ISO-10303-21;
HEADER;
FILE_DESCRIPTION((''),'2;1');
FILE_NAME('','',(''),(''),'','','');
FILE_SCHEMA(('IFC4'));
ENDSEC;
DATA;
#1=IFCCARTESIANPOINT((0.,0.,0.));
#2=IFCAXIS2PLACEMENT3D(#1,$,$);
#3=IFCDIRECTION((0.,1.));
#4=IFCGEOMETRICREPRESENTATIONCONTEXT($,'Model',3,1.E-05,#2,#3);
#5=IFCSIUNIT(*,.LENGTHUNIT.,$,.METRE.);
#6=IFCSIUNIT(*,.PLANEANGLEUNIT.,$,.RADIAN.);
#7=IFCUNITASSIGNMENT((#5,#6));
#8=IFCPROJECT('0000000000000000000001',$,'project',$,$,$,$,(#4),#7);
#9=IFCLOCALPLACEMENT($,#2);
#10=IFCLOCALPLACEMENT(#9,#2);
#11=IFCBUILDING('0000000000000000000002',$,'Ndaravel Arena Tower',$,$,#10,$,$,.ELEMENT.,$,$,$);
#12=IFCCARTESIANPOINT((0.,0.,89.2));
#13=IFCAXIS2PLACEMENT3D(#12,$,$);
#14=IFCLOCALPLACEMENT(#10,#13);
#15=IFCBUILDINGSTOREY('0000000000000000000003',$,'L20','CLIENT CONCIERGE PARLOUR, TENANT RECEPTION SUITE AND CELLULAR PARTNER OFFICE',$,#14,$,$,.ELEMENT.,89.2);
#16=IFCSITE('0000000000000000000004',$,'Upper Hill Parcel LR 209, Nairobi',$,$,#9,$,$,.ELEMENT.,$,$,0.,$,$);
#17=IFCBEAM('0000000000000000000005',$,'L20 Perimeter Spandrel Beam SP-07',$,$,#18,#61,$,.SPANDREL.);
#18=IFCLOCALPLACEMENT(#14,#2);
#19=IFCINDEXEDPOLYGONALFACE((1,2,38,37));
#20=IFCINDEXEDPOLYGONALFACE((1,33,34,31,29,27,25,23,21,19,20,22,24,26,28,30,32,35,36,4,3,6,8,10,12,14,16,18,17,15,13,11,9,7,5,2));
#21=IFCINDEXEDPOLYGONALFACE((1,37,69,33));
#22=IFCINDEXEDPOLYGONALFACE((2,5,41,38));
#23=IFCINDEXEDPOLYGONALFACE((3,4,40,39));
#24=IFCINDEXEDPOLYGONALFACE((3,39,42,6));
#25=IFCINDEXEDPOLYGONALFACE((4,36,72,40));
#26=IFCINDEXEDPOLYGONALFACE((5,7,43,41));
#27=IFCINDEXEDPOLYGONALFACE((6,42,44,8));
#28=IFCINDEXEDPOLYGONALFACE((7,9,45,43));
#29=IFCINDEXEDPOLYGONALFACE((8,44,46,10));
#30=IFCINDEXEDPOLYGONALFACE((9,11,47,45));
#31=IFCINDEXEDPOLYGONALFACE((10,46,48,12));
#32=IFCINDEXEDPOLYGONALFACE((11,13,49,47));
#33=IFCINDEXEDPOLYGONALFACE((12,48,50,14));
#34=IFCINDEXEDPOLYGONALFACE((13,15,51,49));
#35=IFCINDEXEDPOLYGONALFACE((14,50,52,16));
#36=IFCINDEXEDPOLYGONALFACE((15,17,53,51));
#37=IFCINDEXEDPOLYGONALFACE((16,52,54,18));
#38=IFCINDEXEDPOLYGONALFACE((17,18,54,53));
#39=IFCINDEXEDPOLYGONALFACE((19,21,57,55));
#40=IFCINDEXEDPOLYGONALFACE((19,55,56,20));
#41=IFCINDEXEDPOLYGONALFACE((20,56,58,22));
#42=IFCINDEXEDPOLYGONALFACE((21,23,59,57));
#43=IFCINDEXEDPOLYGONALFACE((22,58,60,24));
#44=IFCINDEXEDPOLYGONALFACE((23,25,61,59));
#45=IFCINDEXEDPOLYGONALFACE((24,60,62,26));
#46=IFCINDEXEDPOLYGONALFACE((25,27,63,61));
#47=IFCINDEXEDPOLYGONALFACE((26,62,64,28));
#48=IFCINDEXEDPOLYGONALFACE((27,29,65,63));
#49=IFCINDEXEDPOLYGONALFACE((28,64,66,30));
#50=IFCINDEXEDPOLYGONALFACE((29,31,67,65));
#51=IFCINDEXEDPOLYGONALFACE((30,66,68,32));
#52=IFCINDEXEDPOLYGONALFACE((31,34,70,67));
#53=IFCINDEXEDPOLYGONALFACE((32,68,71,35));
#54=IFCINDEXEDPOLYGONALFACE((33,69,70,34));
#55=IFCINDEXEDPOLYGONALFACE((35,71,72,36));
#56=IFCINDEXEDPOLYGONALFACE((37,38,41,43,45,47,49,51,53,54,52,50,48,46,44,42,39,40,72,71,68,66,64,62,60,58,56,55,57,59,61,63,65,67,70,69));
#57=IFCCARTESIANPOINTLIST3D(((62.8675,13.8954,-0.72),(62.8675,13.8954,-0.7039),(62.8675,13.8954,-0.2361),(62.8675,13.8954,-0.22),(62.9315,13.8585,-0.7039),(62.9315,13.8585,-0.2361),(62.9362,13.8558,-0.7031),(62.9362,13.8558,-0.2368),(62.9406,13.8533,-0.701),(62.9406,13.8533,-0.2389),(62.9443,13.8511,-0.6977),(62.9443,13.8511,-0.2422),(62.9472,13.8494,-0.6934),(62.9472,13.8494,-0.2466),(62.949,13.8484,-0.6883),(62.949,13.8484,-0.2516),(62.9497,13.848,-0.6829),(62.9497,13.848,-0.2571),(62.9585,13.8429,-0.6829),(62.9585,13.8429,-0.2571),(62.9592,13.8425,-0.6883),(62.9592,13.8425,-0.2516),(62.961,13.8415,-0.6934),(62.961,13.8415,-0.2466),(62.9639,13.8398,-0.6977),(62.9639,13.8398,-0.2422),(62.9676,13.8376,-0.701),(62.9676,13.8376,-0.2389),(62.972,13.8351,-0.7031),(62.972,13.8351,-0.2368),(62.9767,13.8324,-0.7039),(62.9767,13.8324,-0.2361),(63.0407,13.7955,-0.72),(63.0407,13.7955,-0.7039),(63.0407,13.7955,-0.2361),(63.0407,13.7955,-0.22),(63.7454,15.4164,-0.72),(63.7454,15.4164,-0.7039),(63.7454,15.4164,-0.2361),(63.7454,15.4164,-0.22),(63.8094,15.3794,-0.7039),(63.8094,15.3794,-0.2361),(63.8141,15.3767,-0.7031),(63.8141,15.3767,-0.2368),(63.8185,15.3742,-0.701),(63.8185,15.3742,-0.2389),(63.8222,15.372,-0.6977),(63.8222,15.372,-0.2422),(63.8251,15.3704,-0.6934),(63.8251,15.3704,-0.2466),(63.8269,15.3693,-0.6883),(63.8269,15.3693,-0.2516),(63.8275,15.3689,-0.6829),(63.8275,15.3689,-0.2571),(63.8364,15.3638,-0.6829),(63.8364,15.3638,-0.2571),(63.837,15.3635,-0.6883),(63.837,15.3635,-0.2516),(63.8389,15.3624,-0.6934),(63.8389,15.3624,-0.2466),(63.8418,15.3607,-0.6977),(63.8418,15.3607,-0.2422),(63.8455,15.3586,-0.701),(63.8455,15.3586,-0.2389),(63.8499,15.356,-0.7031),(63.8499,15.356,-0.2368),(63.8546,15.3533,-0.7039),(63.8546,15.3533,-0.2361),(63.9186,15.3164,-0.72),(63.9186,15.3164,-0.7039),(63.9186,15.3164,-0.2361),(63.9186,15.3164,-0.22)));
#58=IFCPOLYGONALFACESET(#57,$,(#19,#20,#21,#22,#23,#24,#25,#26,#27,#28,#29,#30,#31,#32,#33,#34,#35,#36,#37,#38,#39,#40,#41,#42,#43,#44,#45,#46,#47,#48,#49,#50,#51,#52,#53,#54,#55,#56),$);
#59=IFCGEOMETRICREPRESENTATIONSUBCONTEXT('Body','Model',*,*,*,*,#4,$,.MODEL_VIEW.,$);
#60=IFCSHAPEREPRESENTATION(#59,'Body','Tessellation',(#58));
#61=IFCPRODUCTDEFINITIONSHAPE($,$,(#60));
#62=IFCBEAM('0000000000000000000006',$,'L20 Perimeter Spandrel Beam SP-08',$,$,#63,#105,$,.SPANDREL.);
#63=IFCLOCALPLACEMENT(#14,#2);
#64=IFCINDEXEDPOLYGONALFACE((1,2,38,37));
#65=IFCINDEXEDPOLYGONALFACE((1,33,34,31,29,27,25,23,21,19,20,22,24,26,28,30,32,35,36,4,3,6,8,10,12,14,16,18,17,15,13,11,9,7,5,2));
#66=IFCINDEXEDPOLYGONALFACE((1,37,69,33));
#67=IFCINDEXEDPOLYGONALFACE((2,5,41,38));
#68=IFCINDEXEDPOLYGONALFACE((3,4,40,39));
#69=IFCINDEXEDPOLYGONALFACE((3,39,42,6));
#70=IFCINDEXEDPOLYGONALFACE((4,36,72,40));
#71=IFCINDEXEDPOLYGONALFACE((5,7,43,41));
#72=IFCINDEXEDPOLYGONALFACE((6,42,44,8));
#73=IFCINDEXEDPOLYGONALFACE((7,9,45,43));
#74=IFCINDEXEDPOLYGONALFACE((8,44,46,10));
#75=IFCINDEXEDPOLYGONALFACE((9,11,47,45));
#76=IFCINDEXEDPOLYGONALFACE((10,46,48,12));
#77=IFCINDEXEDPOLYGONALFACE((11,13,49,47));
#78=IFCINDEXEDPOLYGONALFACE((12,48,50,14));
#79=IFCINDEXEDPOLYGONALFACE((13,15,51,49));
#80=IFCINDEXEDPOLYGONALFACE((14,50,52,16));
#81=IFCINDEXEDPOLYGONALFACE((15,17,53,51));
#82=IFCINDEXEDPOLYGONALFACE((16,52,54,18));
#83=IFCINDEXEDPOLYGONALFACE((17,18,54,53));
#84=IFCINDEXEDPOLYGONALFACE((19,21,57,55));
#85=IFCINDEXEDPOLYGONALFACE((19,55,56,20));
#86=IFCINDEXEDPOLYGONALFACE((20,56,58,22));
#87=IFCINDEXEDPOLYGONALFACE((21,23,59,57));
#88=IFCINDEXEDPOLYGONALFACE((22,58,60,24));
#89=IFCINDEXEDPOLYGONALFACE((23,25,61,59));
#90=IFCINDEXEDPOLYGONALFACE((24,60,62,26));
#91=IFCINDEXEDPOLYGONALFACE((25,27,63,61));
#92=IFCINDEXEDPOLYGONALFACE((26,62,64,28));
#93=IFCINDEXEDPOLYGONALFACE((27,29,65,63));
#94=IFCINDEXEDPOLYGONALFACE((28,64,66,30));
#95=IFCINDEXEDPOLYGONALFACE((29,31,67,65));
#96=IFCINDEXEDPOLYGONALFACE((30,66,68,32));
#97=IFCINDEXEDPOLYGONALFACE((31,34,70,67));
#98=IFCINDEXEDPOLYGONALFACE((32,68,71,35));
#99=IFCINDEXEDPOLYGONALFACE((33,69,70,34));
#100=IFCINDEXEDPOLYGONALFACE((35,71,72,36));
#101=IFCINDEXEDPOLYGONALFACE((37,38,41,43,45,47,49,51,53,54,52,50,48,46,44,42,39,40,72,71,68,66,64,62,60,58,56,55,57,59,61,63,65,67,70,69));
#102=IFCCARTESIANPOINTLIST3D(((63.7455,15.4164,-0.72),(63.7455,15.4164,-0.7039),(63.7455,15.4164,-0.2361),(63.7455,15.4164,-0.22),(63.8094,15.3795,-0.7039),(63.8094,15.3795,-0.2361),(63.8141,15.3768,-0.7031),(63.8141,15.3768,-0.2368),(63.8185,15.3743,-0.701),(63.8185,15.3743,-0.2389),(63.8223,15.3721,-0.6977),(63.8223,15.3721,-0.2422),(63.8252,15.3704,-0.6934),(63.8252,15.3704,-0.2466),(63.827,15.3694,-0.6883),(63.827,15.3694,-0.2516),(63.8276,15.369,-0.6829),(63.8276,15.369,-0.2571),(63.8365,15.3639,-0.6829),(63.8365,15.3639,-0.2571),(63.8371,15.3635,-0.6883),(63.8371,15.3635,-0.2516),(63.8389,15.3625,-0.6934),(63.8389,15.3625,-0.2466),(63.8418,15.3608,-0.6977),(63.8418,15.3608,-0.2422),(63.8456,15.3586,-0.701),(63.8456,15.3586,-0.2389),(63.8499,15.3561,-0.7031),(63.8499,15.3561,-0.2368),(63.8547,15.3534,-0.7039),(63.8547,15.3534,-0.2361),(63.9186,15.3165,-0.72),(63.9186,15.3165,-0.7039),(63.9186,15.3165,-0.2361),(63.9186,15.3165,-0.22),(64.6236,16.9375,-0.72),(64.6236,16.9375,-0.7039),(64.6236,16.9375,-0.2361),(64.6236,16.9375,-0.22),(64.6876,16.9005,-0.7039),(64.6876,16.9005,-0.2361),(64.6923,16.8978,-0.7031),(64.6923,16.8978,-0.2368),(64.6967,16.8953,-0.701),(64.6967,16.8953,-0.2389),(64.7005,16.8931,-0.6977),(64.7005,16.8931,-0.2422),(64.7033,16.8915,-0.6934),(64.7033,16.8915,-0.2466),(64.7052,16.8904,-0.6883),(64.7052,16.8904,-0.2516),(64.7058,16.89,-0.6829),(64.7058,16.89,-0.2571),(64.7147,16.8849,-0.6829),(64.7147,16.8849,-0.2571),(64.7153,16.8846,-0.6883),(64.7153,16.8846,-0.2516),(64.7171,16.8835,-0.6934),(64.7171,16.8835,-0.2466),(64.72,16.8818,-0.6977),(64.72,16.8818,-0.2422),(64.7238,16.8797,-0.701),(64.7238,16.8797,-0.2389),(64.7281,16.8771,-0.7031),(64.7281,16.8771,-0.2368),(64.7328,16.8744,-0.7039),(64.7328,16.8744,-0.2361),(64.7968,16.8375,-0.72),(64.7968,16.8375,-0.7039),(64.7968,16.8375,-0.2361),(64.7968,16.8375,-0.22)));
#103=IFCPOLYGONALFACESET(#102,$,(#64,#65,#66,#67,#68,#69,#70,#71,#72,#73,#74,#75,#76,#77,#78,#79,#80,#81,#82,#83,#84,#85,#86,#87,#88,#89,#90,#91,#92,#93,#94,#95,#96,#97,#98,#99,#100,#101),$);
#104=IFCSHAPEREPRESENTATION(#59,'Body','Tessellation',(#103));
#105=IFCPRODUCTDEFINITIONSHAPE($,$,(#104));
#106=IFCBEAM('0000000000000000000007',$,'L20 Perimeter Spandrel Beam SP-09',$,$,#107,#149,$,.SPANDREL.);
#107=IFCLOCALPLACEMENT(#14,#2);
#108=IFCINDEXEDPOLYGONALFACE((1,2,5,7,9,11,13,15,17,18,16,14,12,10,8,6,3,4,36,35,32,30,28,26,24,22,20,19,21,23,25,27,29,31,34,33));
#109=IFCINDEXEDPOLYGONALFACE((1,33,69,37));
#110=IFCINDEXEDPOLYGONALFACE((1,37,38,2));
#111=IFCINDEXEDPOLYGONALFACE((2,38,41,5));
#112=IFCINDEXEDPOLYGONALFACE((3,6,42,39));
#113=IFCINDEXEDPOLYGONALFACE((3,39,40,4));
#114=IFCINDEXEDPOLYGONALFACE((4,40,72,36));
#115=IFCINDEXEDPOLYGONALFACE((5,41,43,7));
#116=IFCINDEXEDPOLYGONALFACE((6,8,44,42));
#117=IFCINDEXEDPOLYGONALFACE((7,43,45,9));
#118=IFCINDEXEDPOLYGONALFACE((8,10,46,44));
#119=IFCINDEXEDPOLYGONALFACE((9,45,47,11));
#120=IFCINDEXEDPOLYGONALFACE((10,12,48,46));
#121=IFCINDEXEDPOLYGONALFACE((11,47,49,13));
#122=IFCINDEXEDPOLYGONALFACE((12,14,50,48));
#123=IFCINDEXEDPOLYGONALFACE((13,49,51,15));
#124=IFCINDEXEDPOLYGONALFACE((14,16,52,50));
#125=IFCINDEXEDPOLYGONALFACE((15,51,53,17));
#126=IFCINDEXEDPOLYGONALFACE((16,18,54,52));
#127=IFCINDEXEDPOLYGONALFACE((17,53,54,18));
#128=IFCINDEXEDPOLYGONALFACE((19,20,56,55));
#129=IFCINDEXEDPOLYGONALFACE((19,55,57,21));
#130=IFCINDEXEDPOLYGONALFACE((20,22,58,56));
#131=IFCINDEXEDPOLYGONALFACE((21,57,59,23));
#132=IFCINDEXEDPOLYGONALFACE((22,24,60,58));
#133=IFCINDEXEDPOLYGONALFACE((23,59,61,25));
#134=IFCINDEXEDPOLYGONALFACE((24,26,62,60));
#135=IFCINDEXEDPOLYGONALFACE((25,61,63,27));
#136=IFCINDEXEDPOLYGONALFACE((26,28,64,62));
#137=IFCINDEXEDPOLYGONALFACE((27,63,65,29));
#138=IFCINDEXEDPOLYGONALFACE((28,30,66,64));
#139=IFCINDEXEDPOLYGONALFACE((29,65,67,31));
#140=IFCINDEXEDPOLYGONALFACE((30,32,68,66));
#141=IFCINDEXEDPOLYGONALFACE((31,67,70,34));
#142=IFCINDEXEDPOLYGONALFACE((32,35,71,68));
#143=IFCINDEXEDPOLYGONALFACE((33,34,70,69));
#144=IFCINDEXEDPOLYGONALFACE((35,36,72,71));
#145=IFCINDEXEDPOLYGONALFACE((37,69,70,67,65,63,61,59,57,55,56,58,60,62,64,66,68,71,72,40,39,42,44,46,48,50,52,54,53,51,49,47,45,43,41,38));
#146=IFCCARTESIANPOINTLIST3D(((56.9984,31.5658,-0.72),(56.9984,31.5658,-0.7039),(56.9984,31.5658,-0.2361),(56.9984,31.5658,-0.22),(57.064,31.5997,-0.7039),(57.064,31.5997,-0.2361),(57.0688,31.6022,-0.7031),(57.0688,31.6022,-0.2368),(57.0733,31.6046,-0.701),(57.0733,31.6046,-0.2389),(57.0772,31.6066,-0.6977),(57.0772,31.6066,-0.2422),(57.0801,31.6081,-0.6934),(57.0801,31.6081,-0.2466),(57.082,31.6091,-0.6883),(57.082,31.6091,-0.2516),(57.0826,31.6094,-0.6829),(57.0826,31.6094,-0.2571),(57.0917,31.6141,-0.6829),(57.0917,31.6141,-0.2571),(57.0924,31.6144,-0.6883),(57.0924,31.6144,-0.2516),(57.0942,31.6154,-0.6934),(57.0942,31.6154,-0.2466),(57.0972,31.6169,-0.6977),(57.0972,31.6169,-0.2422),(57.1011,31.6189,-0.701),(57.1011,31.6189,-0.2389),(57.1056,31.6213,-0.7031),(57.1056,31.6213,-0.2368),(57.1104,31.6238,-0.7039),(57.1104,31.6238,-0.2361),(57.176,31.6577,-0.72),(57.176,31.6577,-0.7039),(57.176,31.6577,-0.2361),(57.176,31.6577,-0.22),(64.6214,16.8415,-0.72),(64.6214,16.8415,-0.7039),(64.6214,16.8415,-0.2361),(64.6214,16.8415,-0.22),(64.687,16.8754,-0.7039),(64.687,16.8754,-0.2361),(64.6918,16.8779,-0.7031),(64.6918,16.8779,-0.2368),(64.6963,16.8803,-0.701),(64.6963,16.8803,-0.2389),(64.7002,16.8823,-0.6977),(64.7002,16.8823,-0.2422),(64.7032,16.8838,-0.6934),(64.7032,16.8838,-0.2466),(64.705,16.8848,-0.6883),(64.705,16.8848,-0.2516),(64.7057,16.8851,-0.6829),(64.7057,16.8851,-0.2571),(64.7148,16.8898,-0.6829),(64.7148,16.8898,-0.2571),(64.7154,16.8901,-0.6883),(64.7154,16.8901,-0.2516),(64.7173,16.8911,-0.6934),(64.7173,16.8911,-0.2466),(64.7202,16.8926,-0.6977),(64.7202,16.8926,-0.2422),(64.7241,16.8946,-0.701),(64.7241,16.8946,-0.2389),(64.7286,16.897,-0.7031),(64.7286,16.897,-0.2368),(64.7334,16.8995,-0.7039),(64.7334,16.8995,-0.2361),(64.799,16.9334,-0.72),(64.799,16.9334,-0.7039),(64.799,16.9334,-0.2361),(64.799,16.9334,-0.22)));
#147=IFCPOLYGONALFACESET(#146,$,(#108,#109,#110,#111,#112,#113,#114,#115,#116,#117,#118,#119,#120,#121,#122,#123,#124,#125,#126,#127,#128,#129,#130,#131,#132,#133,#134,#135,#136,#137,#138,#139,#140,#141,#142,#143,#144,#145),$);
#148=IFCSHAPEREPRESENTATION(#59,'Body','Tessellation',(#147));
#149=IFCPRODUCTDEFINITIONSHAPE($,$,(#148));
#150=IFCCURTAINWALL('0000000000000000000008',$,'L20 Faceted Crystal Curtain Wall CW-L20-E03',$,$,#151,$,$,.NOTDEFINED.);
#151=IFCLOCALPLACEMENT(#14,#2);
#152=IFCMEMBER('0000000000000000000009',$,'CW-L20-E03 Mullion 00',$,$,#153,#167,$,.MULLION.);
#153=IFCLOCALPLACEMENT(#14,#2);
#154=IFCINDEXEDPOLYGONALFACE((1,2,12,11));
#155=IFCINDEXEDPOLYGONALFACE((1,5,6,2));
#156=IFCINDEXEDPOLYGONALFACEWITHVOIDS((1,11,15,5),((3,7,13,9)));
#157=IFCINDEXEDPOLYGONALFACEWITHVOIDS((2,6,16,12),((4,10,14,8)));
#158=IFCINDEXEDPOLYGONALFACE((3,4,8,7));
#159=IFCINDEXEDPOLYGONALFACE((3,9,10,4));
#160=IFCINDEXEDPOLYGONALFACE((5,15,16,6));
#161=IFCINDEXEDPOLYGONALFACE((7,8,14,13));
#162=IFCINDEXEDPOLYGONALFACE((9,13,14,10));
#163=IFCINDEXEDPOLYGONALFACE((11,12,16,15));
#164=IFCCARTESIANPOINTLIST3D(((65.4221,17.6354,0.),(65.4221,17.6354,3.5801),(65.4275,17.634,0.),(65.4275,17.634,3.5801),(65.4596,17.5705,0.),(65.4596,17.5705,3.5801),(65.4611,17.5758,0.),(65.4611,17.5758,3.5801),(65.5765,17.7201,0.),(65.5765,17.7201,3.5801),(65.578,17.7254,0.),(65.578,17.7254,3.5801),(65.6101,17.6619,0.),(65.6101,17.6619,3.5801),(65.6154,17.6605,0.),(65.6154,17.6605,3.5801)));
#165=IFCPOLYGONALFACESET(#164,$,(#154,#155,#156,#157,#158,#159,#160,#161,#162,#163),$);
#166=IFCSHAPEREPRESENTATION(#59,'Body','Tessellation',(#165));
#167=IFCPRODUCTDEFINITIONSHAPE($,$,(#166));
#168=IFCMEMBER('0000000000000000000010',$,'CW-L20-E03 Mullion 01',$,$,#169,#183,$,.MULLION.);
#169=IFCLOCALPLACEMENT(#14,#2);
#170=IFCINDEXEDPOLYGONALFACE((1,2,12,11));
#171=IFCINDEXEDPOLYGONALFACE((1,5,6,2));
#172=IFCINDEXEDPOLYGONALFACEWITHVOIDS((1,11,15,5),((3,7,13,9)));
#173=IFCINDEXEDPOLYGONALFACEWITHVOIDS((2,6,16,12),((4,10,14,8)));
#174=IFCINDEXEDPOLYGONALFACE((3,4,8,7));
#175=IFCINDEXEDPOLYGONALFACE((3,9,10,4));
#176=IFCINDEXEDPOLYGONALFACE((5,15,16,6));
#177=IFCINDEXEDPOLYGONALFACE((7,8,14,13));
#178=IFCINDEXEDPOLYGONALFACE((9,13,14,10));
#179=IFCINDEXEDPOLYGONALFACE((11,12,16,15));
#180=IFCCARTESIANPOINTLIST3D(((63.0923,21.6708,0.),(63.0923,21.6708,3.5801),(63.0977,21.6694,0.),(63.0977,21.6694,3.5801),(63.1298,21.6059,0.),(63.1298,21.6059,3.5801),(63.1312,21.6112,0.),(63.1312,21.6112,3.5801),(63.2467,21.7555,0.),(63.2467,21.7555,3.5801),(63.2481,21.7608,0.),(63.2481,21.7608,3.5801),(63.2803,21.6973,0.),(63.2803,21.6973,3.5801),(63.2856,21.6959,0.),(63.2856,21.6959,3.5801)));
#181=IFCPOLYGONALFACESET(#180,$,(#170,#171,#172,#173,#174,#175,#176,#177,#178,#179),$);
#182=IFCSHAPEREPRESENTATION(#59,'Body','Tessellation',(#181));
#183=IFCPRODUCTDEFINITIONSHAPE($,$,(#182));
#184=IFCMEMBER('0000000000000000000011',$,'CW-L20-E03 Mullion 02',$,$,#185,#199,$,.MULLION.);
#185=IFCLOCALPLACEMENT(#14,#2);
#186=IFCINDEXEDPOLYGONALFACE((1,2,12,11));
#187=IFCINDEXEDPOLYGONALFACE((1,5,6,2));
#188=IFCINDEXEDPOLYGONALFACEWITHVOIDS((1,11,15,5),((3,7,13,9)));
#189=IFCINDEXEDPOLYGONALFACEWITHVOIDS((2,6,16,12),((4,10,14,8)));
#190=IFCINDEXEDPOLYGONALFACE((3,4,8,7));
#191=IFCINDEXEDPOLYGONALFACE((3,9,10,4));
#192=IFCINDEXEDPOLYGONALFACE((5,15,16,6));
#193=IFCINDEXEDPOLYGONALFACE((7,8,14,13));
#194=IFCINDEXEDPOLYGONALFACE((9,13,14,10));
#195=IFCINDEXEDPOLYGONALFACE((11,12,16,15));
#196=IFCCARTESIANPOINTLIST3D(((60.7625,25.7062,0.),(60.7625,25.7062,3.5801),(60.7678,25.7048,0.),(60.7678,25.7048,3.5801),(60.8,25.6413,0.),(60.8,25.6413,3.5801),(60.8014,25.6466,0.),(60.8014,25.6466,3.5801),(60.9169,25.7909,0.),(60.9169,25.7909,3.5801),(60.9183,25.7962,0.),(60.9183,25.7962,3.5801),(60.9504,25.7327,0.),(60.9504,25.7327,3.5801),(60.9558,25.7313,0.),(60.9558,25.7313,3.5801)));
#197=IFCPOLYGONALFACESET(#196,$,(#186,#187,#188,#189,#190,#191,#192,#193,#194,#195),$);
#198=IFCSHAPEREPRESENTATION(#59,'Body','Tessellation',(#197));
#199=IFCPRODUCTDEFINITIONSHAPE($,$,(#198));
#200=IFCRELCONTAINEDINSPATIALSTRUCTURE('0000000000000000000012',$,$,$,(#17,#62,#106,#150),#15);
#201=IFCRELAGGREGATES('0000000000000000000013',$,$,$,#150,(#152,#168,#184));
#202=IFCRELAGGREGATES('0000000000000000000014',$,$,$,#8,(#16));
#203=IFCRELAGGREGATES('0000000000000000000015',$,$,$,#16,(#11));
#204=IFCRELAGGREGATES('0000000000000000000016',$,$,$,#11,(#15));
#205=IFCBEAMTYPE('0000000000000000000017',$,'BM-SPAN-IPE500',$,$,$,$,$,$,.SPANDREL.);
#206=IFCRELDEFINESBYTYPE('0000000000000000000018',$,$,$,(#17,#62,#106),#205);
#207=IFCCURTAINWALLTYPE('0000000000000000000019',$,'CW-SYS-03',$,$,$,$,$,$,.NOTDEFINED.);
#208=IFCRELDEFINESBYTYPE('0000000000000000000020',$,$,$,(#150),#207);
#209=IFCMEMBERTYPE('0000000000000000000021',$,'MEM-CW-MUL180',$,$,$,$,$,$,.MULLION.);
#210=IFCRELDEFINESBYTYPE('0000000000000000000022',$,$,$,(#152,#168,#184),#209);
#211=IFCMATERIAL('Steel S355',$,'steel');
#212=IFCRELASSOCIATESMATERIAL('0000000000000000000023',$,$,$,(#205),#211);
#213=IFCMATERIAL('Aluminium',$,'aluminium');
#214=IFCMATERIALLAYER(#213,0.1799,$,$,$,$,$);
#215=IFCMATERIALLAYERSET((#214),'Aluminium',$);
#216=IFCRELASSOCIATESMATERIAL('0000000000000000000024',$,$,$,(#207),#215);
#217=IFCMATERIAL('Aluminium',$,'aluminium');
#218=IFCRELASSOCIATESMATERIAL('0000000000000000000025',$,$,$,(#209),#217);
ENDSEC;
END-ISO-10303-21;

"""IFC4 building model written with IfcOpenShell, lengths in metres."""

from ifc_helpers import new_model, si_unit, direction, frame, origin, origin_2d, place, context, subcontext, project, spatial, hollow_rectangle, i_section, extrude, material, layer, layer_set, material_profile, profile_set, type_object, element, aggregate, save


model = new_model("IFC4")

# Units and contexts
model_context = context("Model", 3, precision=1e-05, world=origin(), true_north=direction((0.0, 1.0)))
body_context = subcontext(model_context, "Body", "Model", "MODEL_VIEW")
ifc_project = project(units=[si_unit("LENGTHUNIT", "METRE"), si_unit("PLANEANGLEUNIT", "RADIAN")], contexts=[model_context])

# Site, building, storey
site_placement = place(None, origin())
site = spatial("IfcSite", under=ifc_project, at=site_placement, Name="Upper Hill Parcel LR 209, Nairobi", CompositionType="ELEMENT", RefElevation=0.0)
building_placement = place(site_placement, origin())
building = spatial("IfcBuilding", under=site, at=building_placement, Name="Ndaravel Arena Tower", CompositionType="ELEMENT")
storey_placement = place(building_placement, frame((0.0, 0.0, 89.2)))
storey = spatial("IfcBuildingStorey", under=building, at=storey_placement, Name="L20", Description="CLIENT CONCIERGE PARLOUR, TENANT RECEPTION SUITE AND CELLULAR PARTNER OFFICE", CompositionType="ELEMENT", Elevation=89.2)

# Beams
ifc_material_1 = material(Name="Steel S355", Category="steel")
ifc_material_profile_1 = material_profile(ifc_material_1, i_section(OverallWidth=0.2, OverallDepth=0.5, WebThickness=0.0103, FlangeThickness=0.0161, FilletRadius=0.021, at=origin_2d()), Name="IPE 500")
ifc_profile_set_1 = profile_set([ifc_material_profile_1], Name="Steel S355")
beam_type_1 = type_object("IfcBeamType", Name="BM-SPAN-IPE500", PredefinedType="SPANDREL", material=ifc_profile_set_1)
beam_1_placement = place(storey_placement, frame((62.9541, 13.8455, -0.47), z_axis=(0.499907, 0.866079, 0.0), x_axis=(-0.866079, 0.499907, 0.0)))
element("IfcBeam", 1, at=beam_1_placement, inside=storey, type_object=beam_type_1, Name="L20 Perimeter Spandrel Beam SP-07", PredefinedType="SPANDREL", context=body_context, shape_type="SweptSolid", body=[
    extrude(i_section(OverallWidth=0.2, OverallDepth=0.5, WebThickness=0.0103, FlangeThickness=0.0161, FilletRadius=0.021, at=origin_2d()), origin(), (0.0, 0.0, 1.0), 1.7561),
])
beam_2_placement = place(storey_placement, frame((63.832, 15.3665, -0.47), z_axis=(0.500011, 0.866019, 0.0), x_axis=(-0.866019, 0.500011, 0.0)))
element("IfcBeam", 2, at=beam_2_placement, inside=storey, type_object=beam_type_1, Name="L20 Perimeter Spandrel Beam SP-08", PredefinedType="SPANDREL", context=body_context, shape_type="SweptSolid", body=[
    extrude(i_section(OverallWidth=0.2, OverallDepth=0.5, WebThickness=0.0103, FlangeThickness=0.0161, FilletRadius=0.021, at=origin_2d()), origin(), (0.0, 0.0, 1.0), 1.7563),
])
beam_3_placement = place(storey_placement, frame((64.7102, 16.8875, -0.47), z_axis=(-0.459756, 0.888045, 0.0), x_axis=(-0.888045, -0.459756, 0.0)))
element("IfcBeam", 3, at=beam_3_placement, inside=storey, type_object=beam_type_1, Name="L20 Perimeter Spandrel Beam SP-09", PredefinedType="SPANDREL", context=body_context, shape_type="SweptSolid", body=[
    extrude(i_section(OverallWidth=0.2, OverallDepth=0.5, WebThickness=0.0103, FlangeThickness=0.0161, FilletRadius=0.021, at=origin_2d()), origin(), (0.0, 0.0, 1.0), 16.5806),
])

# Curtain wall, members
ifc_material_2 = material(Name="Aluminium", Category="aluminium")
ifc_layer_1 = layer(ifc_material_2, 0.1799)
ifc_layer_set_1 = layer_set([ifc_layer_1], Name="Aluminium")
curtain_wall_type_1 = type_object("IfcCurtainWallType", Name="CW-SYS-03", PredefinedType="NOTDEFINED", material=ifc_layer_set_1)
curtain_wall_1_placement = place(storey_placement, origin())
curtain_wall_1 = element("IfcCurtainWall", 4, at=curtain_wall_1_placement, inside=storey, type_object=curtain_wall_type_1, Name="L20 Faceted Crystal Curtain Wall CW-L20-E03", PredefinedType="NOTDEFINED")
ifc_material_3 = material(Name="Aluminium", Category="aluminium")
ifc_material_profile_2 = material_profile(ifc_material_3, hollow_rectangle(XDim=0.075, YDim=0.1799, WallThickness=0.0039, at=origin_2d()), Name="CW MULLION 75x180x4")
ifc_profile_set_2 = profile_set([ifc_material_profile_2], Name="Aluminium")
member_type_1 = type_object("IfcMemberType", Name="MEM-CW-MUL180", PredefinedType="MULLION", material=ifc_profile_set_2)
member_1_placement = place(storey_placement, frame((65.5188, 17.6479, 0.0), z_axis=(0.0, 0.0, 1.0), x_axis=(-0.5, 0.866025, 0.0)))
member_1 = element("IfcMember", 5, at=member_1_placement, type_object=member_type_1, Name="CW-L20-E03 Mullion 00", PredefinedType="MULLION", context=body_context, shape_type="SweptSolid", body=[
    extrude(hollow_rectangle(XDim=0.075, YDim=0.1799, WallThickness=0.0039, at=origin_2d()), origin(), (0.0, 0.0, 1.0), 3.5801),
])
member_2_placement = place(storey_placement, frame((63.189, 21.6833, 0.0), z_axis=(0.0, 0.0, 1.0), x_axis=(-0.5, 0.866025, 0.0)))
member_2 = element("IfcMember", 6, at=member_2_placement, type_object=member_type_1, Name="CW-L20-E03 Mullion 01", PredefinedType="MULLION", context=body_context, shape_type="SweptSolid", body=[
    extrude(hollow_rectangle(XDim=0.075, YDim=0.1799, WallThickness=0.0039, at=origin_2d()), origin(), (0.0, 0.0, 1.0), 3.5801),
])
member_3_placement = place(storey_placement, frame((60.8591, 25.7188, 0.0), z_axis=(0.0, 0.0, 1.0), x_axis=(-0.5, 0.866025, 0.0)))
member_3 = element("IfcMember", 7, at=member_3_placement, type_object=member_type_1, Name="CW-L20-E03 Mullion 02", PredefinedType="MULLION", context=body_context, shape_type="SweptSolid", body=[
    extrude(hollow_rectangle(XDim=0.075, YDim=0.1799, WallThickness=0.0039, at=origin_2d()), origin(), (0.0, 0.0, 1.0), 3.5801),
])

aggregate(curtain_wall_1, [member_1, member_2, member_3])

save(model, "model.ifc")
